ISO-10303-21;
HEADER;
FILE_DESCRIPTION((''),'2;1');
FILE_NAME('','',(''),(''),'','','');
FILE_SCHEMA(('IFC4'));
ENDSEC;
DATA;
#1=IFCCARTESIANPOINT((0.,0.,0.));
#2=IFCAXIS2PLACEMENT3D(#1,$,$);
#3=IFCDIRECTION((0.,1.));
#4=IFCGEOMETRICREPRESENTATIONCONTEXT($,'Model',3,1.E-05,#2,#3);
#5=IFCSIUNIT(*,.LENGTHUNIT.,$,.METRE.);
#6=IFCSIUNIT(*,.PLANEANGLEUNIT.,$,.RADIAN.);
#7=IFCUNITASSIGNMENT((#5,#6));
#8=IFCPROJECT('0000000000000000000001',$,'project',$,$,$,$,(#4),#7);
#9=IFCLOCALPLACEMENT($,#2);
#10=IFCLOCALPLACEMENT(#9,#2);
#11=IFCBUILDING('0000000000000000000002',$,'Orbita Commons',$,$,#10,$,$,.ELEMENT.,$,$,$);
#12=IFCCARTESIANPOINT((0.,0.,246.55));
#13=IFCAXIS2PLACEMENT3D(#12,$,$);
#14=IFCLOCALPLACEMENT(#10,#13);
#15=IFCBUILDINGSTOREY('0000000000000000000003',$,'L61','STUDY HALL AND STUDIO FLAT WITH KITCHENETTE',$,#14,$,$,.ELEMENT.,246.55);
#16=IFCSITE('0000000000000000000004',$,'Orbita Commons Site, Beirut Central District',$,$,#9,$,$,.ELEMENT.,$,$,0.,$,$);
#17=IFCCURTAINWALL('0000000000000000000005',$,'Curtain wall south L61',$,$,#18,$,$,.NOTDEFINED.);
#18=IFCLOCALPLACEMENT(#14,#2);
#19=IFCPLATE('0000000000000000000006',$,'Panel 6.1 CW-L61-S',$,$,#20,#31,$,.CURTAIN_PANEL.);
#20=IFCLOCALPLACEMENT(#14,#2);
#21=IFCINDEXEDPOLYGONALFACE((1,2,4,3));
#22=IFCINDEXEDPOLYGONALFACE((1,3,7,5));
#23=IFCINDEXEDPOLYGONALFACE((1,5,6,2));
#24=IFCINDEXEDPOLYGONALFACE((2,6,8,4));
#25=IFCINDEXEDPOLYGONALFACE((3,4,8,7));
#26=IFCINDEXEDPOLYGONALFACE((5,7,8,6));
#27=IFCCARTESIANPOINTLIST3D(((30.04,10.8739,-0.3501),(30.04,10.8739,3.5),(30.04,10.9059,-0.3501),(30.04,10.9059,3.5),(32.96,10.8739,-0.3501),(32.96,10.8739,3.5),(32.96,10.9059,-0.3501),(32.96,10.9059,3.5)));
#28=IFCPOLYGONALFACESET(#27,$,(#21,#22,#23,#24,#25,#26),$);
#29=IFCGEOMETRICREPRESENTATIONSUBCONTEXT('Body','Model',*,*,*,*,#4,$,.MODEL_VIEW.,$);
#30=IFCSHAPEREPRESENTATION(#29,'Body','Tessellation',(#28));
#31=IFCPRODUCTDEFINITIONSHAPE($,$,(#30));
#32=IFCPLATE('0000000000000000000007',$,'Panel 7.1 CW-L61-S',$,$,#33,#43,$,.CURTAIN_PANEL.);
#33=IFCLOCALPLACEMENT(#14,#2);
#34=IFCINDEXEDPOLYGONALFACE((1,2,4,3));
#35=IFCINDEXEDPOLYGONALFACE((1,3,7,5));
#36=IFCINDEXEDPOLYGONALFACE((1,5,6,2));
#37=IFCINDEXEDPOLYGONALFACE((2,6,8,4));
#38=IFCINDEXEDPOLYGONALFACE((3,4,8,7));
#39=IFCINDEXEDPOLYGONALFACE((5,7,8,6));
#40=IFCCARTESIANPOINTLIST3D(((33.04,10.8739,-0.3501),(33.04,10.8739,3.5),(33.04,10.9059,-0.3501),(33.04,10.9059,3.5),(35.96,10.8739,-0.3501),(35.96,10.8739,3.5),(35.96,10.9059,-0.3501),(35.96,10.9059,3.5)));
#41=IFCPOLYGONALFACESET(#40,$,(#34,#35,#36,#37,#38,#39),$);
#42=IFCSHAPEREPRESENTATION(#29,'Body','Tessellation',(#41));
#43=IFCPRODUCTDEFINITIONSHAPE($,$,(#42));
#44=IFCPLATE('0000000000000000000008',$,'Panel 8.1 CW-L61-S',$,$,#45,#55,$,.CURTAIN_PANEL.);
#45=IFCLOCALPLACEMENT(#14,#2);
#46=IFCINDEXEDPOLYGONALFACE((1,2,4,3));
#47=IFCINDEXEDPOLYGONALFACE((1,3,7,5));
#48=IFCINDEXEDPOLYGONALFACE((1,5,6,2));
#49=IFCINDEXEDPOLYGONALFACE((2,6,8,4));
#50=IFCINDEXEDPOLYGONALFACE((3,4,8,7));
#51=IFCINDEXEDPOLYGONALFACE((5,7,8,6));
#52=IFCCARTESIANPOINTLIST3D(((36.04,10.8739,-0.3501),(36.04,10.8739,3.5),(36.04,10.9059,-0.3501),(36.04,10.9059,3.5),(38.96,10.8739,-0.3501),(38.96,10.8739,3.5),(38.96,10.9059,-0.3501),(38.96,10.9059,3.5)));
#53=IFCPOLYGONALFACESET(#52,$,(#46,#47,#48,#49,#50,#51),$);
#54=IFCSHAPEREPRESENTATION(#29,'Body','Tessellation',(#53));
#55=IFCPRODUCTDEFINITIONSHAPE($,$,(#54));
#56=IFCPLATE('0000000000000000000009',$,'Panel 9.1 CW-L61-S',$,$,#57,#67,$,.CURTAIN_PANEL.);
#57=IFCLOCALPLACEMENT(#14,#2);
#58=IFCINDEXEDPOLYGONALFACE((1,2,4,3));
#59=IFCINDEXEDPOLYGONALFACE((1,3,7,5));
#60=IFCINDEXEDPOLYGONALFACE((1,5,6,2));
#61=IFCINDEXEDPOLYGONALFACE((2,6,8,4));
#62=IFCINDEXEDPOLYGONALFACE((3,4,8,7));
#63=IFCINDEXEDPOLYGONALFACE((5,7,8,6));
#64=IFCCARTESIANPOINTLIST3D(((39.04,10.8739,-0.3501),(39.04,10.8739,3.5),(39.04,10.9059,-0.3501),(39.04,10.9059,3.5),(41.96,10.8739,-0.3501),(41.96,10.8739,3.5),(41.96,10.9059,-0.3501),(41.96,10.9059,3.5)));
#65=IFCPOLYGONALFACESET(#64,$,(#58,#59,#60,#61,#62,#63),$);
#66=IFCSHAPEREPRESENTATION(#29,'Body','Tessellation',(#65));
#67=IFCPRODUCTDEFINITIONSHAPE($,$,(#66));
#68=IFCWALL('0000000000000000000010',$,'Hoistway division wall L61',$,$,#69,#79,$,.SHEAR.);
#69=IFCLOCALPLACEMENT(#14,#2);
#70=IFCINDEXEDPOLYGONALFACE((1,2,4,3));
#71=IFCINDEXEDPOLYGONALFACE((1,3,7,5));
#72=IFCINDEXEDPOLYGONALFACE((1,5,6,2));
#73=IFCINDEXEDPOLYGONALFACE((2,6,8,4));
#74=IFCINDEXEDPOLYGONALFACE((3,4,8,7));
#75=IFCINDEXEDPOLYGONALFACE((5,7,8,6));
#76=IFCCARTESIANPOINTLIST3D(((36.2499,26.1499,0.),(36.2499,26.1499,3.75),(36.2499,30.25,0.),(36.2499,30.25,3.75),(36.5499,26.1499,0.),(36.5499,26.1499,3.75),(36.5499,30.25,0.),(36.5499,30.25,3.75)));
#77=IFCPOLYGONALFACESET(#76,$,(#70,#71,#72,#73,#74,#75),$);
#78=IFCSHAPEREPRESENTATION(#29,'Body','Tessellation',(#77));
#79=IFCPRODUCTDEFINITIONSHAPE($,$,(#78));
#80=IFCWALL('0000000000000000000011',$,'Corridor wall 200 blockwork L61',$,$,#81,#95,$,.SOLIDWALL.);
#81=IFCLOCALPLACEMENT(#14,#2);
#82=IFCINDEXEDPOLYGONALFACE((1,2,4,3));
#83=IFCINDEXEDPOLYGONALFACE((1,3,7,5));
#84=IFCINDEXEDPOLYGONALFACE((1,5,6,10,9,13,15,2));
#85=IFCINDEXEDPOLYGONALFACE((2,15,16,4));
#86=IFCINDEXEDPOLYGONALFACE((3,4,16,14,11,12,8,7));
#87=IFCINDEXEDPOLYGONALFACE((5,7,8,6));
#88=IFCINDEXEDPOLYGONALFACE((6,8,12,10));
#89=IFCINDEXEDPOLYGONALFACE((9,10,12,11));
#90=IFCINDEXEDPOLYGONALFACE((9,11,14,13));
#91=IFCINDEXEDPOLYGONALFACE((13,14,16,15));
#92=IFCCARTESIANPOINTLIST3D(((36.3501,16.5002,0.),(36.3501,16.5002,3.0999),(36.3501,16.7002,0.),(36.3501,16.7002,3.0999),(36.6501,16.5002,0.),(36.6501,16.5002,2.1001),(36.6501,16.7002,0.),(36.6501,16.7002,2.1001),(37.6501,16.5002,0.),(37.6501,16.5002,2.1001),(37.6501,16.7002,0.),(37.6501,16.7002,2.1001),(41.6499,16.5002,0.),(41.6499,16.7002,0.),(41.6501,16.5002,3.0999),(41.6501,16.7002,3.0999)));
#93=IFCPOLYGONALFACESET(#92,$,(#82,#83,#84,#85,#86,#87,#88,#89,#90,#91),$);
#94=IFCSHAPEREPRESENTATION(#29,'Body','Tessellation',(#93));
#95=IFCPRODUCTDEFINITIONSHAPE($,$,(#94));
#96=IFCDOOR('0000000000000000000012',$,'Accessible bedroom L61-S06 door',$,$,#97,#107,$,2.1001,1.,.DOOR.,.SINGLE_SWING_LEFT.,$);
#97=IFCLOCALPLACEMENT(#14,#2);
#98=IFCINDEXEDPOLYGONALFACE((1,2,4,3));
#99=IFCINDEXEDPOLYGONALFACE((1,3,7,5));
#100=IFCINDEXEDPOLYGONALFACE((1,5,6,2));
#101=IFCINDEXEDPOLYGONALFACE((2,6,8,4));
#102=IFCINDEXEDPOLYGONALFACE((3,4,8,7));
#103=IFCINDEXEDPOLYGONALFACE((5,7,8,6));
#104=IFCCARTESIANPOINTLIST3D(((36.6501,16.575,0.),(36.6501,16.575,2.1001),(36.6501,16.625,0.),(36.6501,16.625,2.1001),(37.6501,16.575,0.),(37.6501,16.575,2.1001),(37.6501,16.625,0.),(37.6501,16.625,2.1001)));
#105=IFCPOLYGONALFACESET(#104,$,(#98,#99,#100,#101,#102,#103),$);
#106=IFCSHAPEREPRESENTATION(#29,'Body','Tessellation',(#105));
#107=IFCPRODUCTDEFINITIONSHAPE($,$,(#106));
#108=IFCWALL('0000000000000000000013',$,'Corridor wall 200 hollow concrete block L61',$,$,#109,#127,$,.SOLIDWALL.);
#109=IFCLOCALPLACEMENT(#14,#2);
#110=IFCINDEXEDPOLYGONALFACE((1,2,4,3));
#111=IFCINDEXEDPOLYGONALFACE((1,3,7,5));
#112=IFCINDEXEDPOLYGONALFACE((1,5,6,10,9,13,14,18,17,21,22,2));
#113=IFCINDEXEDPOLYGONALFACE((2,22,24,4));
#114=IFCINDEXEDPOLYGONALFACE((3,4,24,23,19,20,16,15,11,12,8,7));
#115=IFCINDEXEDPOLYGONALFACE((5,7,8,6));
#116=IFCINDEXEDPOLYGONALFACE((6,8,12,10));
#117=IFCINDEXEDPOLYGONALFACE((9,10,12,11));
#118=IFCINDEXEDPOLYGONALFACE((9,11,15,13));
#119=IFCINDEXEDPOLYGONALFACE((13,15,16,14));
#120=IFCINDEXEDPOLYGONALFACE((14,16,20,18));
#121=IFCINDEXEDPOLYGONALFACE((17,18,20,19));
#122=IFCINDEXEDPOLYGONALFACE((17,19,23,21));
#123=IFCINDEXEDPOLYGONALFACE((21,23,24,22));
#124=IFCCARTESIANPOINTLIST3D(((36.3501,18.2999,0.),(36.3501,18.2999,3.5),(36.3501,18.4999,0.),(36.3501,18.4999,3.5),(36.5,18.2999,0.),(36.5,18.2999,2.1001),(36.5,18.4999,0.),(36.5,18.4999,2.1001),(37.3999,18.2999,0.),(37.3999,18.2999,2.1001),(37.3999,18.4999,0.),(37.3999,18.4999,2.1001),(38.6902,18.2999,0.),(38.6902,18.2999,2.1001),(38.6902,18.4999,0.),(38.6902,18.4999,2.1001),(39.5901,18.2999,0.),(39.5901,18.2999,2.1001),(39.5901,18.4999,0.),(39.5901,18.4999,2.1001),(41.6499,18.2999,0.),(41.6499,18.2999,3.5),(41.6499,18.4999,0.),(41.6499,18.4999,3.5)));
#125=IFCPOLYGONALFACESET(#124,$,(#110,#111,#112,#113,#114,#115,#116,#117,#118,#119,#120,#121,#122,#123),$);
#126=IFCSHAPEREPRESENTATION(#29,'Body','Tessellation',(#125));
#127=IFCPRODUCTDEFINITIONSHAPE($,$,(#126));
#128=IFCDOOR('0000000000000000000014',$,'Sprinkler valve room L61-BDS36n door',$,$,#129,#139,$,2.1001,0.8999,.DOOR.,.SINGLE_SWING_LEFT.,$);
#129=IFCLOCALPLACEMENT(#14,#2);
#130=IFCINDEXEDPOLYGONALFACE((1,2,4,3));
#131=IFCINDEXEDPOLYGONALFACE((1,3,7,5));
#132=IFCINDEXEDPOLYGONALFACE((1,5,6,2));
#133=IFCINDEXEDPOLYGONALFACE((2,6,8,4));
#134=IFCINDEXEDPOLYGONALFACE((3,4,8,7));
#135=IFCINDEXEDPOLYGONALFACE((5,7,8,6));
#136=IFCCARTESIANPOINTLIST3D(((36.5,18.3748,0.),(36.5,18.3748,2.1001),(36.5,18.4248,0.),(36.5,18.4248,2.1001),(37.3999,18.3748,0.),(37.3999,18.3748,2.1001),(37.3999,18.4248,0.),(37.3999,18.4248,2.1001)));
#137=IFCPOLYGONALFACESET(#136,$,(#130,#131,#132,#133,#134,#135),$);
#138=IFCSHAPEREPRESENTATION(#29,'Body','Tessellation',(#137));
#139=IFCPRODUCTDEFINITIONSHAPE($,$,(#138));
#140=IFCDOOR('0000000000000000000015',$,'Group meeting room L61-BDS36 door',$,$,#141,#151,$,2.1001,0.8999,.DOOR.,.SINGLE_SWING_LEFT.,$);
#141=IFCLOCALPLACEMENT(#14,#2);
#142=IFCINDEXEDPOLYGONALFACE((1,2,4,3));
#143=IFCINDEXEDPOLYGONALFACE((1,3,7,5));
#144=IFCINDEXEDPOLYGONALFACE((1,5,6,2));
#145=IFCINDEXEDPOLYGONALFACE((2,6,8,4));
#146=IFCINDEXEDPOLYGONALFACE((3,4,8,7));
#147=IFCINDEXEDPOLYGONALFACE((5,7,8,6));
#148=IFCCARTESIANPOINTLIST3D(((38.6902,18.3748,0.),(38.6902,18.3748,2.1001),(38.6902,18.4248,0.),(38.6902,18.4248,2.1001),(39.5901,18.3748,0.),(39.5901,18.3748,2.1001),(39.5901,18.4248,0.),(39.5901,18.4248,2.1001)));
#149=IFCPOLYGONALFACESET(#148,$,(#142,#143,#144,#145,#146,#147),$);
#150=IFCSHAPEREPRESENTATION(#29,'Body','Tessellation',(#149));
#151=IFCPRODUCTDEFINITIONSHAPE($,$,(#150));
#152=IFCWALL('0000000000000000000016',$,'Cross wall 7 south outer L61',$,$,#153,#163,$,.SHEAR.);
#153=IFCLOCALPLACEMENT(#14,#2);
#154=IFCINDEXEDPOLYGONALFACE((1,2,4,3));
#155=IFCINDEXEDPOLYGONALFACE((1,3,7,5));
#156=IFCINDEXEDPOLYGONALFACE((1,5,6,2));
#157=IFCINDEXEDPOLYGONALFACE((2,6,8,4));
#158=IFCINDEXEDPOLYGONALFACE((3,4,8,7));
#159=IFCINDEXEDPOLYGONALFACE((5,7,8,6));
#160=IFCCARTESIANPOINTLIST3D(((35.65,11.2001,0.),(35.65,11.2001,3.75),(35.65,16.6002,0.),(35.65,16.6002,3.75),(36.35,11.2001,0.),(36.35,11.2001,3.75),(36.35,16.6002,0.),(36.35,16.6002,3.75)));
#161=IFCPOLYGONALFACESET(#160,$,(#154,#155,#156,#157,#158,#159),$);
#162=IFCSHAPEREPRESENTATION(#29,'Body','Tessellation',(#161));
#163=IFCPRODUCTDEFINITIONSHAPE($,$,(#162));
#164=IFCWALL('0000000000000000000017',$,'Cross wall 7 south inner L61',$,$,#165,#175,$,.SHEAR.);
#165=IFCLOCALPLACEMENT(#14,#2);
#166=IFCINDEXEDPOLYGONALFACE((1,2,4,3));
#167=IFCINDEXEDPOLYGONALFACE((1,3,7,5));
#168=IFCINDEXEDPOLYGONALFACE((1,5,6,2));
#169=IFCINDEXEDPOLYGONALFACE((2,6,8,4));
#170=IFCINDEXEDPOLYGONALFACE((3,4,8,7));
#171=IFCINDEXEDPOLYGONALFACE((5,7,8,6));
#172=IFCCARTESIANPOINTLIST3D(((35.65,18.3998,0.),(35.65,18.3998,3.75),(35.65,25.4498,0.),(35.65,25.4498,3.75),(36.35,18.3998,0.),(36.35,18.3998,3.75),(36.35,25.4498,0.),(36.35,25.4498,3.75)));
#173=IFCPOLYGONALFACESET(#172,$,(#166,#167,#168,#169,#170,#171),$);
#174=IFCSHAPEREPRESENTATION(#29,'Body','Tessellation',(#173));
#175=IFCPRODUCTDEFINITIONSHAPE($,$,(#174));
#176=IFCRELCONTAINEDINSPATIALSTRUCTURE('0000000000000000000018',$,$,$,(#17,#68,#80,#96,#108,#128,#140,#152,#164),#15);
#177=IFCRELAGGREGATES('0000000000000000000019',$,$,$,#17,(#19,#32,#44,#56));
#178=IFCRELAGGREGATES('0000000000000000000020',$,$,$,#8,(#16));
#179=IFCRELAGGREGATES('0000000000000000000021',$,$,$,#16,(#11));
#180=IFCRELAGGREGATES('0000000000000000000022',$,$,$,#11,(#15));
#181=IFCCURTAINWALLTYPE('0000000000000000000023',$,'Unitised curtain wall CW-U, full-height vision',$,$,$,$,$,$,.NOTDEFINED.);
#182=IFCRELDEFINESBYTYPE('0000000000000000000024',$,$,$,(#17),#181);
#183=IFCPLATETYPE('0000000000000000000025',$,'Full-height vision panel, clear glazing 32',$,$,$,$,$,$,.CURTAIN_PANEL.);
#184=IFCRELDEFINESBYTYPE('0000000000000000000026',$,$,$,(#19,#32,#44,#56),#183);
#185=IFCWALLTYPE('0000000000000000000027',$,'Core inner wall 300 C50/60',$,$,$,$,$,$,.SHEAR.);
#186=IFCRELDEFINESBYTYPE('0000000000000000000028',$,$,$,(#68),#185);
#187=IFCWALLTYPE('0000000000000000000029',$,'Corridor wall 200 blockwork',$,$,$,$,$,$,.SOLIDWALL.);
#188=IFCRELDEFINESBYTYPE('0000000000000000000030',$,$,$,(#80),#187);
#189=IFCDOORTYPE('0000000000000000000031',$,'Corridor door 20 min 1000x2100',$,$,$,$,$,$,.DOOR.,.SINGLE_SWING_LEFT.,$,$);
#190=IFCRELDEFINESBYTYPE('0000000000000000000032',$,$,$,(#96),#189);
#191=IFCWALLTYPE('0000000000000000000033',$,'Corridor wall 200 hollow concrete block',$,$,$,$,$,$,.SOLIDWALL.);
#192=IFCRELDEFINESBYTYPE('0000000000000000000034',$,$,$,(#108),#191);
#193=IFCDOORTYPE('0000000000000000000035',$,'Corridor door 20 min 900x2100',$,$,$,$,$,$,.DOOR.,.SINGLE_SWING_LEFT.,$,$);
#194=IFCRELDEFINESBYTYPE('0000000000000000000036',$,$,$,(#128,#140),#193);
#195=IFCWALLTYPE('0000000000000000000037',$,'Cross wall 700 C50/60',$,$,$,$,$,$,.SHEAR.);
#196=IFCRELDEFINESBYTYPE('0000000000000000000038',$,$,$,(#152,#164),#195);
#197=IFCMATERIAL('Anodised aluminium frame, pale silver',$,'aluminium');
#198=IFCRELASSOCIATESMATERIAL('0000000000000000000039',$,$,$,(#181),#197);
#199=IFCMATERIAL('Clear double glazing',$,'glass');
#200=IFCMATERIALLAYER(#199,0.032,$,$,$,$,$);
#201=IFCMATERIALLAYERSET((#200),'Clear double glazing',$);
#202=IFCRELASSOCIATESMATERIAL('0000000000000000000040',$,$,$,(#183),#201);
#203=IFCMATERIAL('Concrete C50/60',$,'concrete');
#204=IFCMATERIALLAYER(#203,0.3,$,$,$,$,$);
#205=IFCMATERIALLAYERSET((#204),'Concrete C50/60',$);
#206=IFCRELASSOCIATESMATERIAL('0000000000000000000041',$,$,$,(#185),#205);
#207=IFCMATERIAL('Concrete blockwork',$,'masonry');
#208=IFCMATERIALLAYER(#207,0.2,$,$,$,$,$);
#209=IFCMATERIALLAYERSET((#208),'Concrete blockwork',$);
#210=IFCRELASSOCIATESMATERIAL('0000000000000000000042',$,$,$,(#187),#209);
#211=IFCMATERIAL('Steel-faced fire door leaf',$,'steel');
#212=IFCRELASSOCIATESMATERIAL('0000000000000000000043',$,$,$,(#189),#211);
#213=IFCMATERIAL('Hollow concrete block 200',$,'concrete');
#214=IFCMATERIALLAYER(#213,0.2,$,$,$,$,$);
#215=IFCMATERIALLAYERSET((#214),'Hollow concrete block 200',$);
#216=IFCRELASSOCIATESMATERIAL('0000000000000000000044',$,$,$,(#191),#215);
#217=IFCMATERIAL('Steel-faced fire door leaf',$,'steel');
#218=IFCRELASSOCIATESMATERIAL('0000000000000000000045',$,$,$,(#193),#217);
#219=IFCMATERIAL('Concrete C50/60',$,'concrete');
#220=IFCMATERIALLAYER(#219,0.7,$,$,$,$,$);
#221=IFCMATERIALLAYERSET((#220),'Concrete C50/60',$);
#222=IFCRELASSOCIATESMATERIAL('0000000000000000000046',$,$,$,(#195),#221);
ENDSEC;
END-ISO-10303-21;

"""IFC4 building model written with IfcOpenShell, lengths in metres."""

from ifc_helpers import new_model, si_unit, direction, frame, frame_2d, origin, origin_2d, place, context, subcontext, project, spatial, polyline, rectangle, outline, extrude, material, layer, layer_set, type_object, element, fill, aggregate, save


model = new_model("IFC4")

# Units and contexts
model_context = context("Model", 3, precision=1e-05, world=origin(), true_north=direction((0.0, 1.0)))
body_context = subcontext(model_context, "Body", "Model", "MODEL_VIEW")
ifc_project = project(units=[si_unit("LENGTHUNIT", "METRE"), si_unit("PLANEANGLEUNIT", "RADIAN")], contexts=[model_context])

# Site, building, storey
site_placement = place(None, origin())
site = spatial("IfcSite", under=ifc_project, at=site_placement, Name="Orbita Commons Site, Beirut Central District", CompositionType="ELEMENT", RefElevation=0.0)
building_placement = place(site_placement, origin())
building = spatial("IfcBuilding", under=site, at=building_placement, Name="Orbita Commons", CompositionType="ELEMENT")
storey_placement = place(building_placement, frame((0.0, 0.0, 246.55)))
storey = spatial("IfcBuildingStorey", under=building, at=storey_placement, Name="L61", Description="STUDY HALL AND STUDIO FLAT WITH KITCHENETTE", CompositionType="ELEMENT", Elevation=246.55)

# Curtain wall
ifc_material_1 = material(Name="Anodised aluminium frame, pale silver", Category="aluminium")
curtain_wall_type = type_object("IfcCurtainWallType", Name="Unitised curtain wall CW-U, full-height vision", PredefinedType="NOTDEFINED", material=ifc_material_1)
curtain_wall_placement = place(storey_placement, origin())
curtain_wall = element("IfcCurtainWall", 1, at=curtain_wall_placement, inside=storey, type_object=curtain_wall_type, Name="Curtain wall south L61", PredefinedType="NOTDEFINED")

# Plates
ifc_material_2 = material(Name="Clear double glazing", Category="glass")
ifc_layer_1 = layer(ifc_material_2, 0.032)
ifc_layer_set_1 = layer_set([ifc_layer_1], Name="Clear double glazing")
plate_type = type_object("IfcPlateType", Name="Full-height vision panel, clear glazing 32", PredefinedType="CURTAIN_PANEL", material=ifc_layer_set_1)
plate_1_placement = place(storey_placement, frame((31.5, 10.8899, -0.3501), z_axis=(0.0, 0.0, 1.0), x_axis=(1.0, 0.0, 0.0)))
plate_1 = element("IfcPlate", 2, at=plate_1_placement, type_object=plate_type, Name="Panel 6.1 CW-L61-S", PredefinedType="CURTAIN_PANEL", context=body_context, shape_type="SweptSolid", body=[
    extrude(rectangle(XDim=2.9199, YDim=0.032, at=origin_2d()), origin(), (0.0, 0.0, 1.0), 3.8501),
])
plate_2_placement = place(storey_placement, frame((34.5, 10.8899, -0.3501), z_axis=(0.0, 0.0, 1.0), x_axis=(1.0, 0.0, 0.0)))
plate_2 = element("IfcPlate", 3, at=plate_2_placement, type_object=plate_type, Name="Panel 7.1 CW-L61-S", PredefinedType="CURTAIN_PANEL", context=body_context, shape_type="SweptSolid", body=[
    extrude(rectangle(XDim=2.9199, YDim=0.032, at=origin_2d()), origin(), (0.0, 0.0, 1.0), 3.8501),
])
plate_3_placement = place(storey_placement, frame((37.5, 10.8899, -0.3501), z_axis=(0.0, 0.0, 1.0), x_axis=(1.0, 0.0, 0.0)))
plate_3 = element("IfcPlate", 4, at=plate_3_placement, type_object=plate_type, Name="Panel 8.1 CW-L61-S", PredefinedType="CURTAIN_PANEL", context=body_context, shape_type="SweptSolid", body=[
    extrude(rectangle(XDim=2.9199, YDim=0.032, at=origin_2d()), origin(), (0.0, 0.0, 1.0), 3.8501),
])
plate_4_placement = place(storey_placement, frame((40.5, 10.8899, -0.3501), z_axis=(0.0, 0.0, 1.0), x_axis=(1.0, 0.0, 0.0)))
plate_4 = element("IfcPlate", 5, at=plate_4_placement, type_object=plate_type, Name="Panel 9.1 CW-L61-S", PredefinedType="CURTAIN_PANEL", context=body_context, shape_type="SweptSolid", body=[
    extrude(rectangle(XDim=2.9199, YDim=0.032, at=origin_2d()), origin(), (0.0, 0.0, 1.0), 3.8501),
])
aggregate(curtain_wall, [plate_1, plate_2, plate_3, plate_4])

# Wall
ifc_material_3 = material(Name="Concrete C50/60", Category="concrete")
ifc_layer_2 = layer(ifc_material_3, 0.3)
ifc_layer_set_2 = layer_set([ifc_layer_2], Name="Concrete C50/60")
wall_type_1 = type_object("IfcWallType", Name="Core inner wall 300 C50/60", PredefinedType="SHEAR", material=ifc_layer_set_2)
wall_1_placement = place(storey_placement, frame((36.3999, 26.1499, 0.0), z_axis=(0.0, 0.0, 1.0), x_axis=(0.0, 1.0, 0.0)))
element("IfcWall", 6, at=wall_1_placement, inside=storey, type_object=wall_type_1, Name="Hoistway division wall L61", PredefinedType="SHEAR", context=body_context, shape_type="SweptSolid", body=[
    extrude(rectangle(XDim=4.1001, YDim=0.3, at=frame_2d((2.05, 0.0))), origin(), (0.0, 0.0, 1.0), 3.75),
])

# Wall, opening, door
ifc_material_4 = material(Name="Concrete blockwork", Category="masonry")
ifc_layer_3 = layer(ifc_material_4, 0.2)
ifc_layer_set_3 = layer_set([ifc_layer_3], Name="Concrete blockwork")
wall_type_2 = type_object("IfcWallType", Name="Corridor wall 200 blockwork", PredefinedType="SOLIDWALL", material=ifc_layer_set_3)
wall_2_placement = place(storey_placement, frame((36.3501, 16.6001, 0.0), z_axis=(0.0, 0.0, 1.0), x_axis=(1.0, 0.0, 0.0)))
wall_2 = element("IfcWall", 7, at=wall_2_placement, inside=storey, type_object=wall_type_2, Name="Corridor wall 200 blockwork L61", PredefinedType="SOLIDWALL", context=body_context, shape_type="SweptSolid", body=[
    extrude(outline(polyline([(0.0, 0.0), (5.2998, 0.0), (5.3, 3.0999), (0.0, 3.0999), (0.0, 0.0)])), frame((0.0, 0.1001, 0.0), z_axis=(0.0, -1.0, 0.0), x_axis=(1.0, 0.0, 0.0)), (0.0, 0.0, 1.0), 0.2),
])
opening_1_placement = place(wall_2_placement, frame((0.3, 0.0, 0.0)))
opening_1 = element("IfcOpeningElement", 8, at=opening_1_placement, cuts=wall_2, PredefinedType="OPENING", context=body_context, shape_type="SweptSolid", body=[
    extrude(rectangle(XDim=1.0, YDim=2.1001, at=frame_2d((0.5, 1.05))), frame((0.0, 0.1099, 0.0), z_axis=(0.0, -1.0, 0.0), x_axis=(1.0, 0.0, 0.0)), (0.0, 0.0, 1.0), 0.22),
])
ifc_material_5 = material(Name="Steel-faced fire door leaf", Category="steel")
door_type_1 = type_object("IfcDoorType", Name="Corridor door 20 min 1000x2100", OperationType="SINGLE_SWING_LEFT", PredefinedType="DOOR", material=ifc_material_5)
door_1_placement = place(opening_1_placement, origin())
door_1 = element("IfcDoor", 9, at=door_1_placement, inside=storey, type_object=door_type_1, Name="Accessible bedroom L61-S06 door", OperationType="SINGLE_SWING_LEFT", OverallHeight=2.1001, OverallWidth=1.0, PredefinedType="DOOR", context=body_context, shape_type="SweptSolid", body=[
    extrude(rectangle(XDim=1.0, YDim=2.1001, at=frame_2d((0.5, 1.05))), frame((0.0, 0.0249, 0.0), z_axis=(0.0, -1.0, 0.0), x_axis=(1.0, 0.0, 0.0)), (0.0, 0.0, 1.0), 0.05),
])
fill(opening_1, door_1)

# Wall, openings, doors
ifc_material_6 = material(Name="Hollow concrete block 200", Category="concrete")
ifc_layer_4 = layer(ifc_material_6, 0.2)
ifc_layer_set_4 = layer_set([ifc_layer_4], Name="Hollow concrete block 200")
wall_type_3 = type_object("IfcWallType", Name="Corridor wall 200 hollow concrete block", PredefinedType="SOLIDWALL", material=ifc_layer_set_4)
wall_3_placement = place(storey_placement, frame((36.3501, 18.3999, 0.0), z_axis=(0.0, 0.0, 1.0), x_axis=(1.0, 0.0, 0.0)))
wall_3 = element("IfcWall", 10, at=wall_3_placement, inside=storey, type_object=wall_type_3, Name="Corridor wall 200 hollow concrete block L61", PredefinedType="SOLIDWALL", context=body_context, shape_type="SweptSolid", body=[
    extrude(rectangle(XDim=5.2998, YDim=0.2, at=frame_2d((2.6499, 0.0))), origin(), (0.0, 0.0, 1.0), 3.5),
])
opening_2_placement = place(wall_3_placement, frame((0.1499, 0.0, 0.0)))
opening_2 = element("IfcOpeningElement", 11, at=opening_2_placement, cuts=wall_3, PredefinedType="OPENING", context=body_context, shape_type="SweptSolid", body=[
    extrude(rectangle(XDim=0.8999, YDim=2.1001, at=frame_2d((0.45, 1.05))), frame((0.0, 0.1099, 0.0), z_axis=(0.0, -1.0, 0.0), x_axis=(1.0, 0.0, 0.0)), (0.0, 0.0, 1.0), 0.22),
])
opening_3_placement = place(wall_3_placement, frame((2.3401, 0.0, 0.0)))
opening_3 = element("IfcOpeningElement", 12, at=opening_3_placement, cuts=wall_3, PredefinedType="OPENING", context=body_context, shape_type="SweptSolid", body=[
    extrude(rectangle(XDim=0.8999, YDim=2.1001, at=frame_2d((0.45, 1.05))), frame((0.0, 0.1099, 0.0), z_axis=(0.0, -1.0, 0.0), x_axis=(1.0, 0.0, 0.0)), (0.0, 0.0, 1.0), 0.22),
])
ifc_material_7 = material(Name="Steel-faced fire door leaf", Category="steel")
door_type_2 = type_object("IfcDoorType", Name="Corridor door 20 min 900x2100", OperationType="SINGLE_SWING_LEFT", PredefinedType="DOOR", material=ifc_material_7)
door_2_placement = place(opening_2_placement, origin())
door_2 = element("IfcDoor", 13, at=door_2_placement, inside=storey, type_object=door_type_2, Name="Sprinkler valve room L61-BDS36n door", OperationType="SINGLE_SWING_LEFT", OverallHeight=2.1001, OverallWidth=0.8999, PredefinedType="DOOR", context=body_context, shape_type="SweptSolid", body=[
    extrude(rectangle(XDim=0.8999, YDim=2.1001, at=frame_2d((0.45, 1.05))), frame((0.0, 0.0249, 0.0), z_axis=(0.0, -1.0, 0.0), x_axis=(1.0, 0.0, 0.0)), (0.0, 0.0, 1.0), 0.05),
])
fill(opening_2, door_2)
door_3_placement = place(opening_3_placement, origin())
door_3 = element("IfcDoor", 14, at=door_3_placement, inside=storey, type_object=door_type_2, Name="Group meeting room L61-BDS36 door", OperationType="SINGLE_SWING_LEFT", OverallHeight=2.1001, OverallWidth=0.8999, PredefinedType="DOOR", context=body_context, shape_type="SweptSolid", body=[
    extrude(rectangle(XDim=0.8999, YDim=2.1001, at=frame_2d((0.45, 1.05))), frame((0.0, 0.0249, 0.0), z_axis=(0.0, -1.0, 0.0), x_axis=(1.0, 0.0, 0.0)), (0.0, 0.0, 1.0), 0.05),
])
fill(opening_3, door_3)

# Walls
ifc_material_8 = material(Name="Concrete C50/60", Category="concrete")
ifc_layer_5 = layer(ifc_material_8, 0.7)
ifc_layer_set_5 = layer_set([ifc_layer_5], Name="Concrete C50/60")
wall_type_4 = type_object("IfcWallType", Name="Cross wall 700 C50/60", PredefinedType="SHEAR", material=ifc_layer_set_5)
wall_4_placement = place(storey_placement, frame((36.0, 11.2, 0.0), z_axis=(0.0, 0.0, 1.0), x_axis=(0.0, 1.0, 0.0)))
element("IfcWall", 15, at=wall_4_placement, inside=storey, type_object=wall_type_4, Name="Cross wall 7 south outer L61", PredefinedType="SHEAR", context=body_context, shape_type="SweptSolid", body=[
    extrude(rectangle(XDim=5.4001, YDim=0.7, at=frame_2d((2.7002, 0.0))), origin(), (0.0, 0.0, 1.0), 3.75),
])
wall_5_placement = place(storey_placement, frame((36.0, 18.3999, 0.0), z_axis=(0.0, 0.0, 1.0), x_axis=(0.0, 1.0, 0.0)))
element("IfcWall", 16, at=wall_5_placement, inside=storey, type_object=wall_type_4, Name="Cross wall 7 south inner L61", PredefinedType="SHEAR", context=body_context, shape_type="SweptSolid", body=[
    extrude(rectangle(XDim=7.05, YDim=0.7, at=frame_2d((3.5249, 0.0))), origin(), (0.0, 0.0, 1.0), 3.75),
])

save(model, "model.ifc")
